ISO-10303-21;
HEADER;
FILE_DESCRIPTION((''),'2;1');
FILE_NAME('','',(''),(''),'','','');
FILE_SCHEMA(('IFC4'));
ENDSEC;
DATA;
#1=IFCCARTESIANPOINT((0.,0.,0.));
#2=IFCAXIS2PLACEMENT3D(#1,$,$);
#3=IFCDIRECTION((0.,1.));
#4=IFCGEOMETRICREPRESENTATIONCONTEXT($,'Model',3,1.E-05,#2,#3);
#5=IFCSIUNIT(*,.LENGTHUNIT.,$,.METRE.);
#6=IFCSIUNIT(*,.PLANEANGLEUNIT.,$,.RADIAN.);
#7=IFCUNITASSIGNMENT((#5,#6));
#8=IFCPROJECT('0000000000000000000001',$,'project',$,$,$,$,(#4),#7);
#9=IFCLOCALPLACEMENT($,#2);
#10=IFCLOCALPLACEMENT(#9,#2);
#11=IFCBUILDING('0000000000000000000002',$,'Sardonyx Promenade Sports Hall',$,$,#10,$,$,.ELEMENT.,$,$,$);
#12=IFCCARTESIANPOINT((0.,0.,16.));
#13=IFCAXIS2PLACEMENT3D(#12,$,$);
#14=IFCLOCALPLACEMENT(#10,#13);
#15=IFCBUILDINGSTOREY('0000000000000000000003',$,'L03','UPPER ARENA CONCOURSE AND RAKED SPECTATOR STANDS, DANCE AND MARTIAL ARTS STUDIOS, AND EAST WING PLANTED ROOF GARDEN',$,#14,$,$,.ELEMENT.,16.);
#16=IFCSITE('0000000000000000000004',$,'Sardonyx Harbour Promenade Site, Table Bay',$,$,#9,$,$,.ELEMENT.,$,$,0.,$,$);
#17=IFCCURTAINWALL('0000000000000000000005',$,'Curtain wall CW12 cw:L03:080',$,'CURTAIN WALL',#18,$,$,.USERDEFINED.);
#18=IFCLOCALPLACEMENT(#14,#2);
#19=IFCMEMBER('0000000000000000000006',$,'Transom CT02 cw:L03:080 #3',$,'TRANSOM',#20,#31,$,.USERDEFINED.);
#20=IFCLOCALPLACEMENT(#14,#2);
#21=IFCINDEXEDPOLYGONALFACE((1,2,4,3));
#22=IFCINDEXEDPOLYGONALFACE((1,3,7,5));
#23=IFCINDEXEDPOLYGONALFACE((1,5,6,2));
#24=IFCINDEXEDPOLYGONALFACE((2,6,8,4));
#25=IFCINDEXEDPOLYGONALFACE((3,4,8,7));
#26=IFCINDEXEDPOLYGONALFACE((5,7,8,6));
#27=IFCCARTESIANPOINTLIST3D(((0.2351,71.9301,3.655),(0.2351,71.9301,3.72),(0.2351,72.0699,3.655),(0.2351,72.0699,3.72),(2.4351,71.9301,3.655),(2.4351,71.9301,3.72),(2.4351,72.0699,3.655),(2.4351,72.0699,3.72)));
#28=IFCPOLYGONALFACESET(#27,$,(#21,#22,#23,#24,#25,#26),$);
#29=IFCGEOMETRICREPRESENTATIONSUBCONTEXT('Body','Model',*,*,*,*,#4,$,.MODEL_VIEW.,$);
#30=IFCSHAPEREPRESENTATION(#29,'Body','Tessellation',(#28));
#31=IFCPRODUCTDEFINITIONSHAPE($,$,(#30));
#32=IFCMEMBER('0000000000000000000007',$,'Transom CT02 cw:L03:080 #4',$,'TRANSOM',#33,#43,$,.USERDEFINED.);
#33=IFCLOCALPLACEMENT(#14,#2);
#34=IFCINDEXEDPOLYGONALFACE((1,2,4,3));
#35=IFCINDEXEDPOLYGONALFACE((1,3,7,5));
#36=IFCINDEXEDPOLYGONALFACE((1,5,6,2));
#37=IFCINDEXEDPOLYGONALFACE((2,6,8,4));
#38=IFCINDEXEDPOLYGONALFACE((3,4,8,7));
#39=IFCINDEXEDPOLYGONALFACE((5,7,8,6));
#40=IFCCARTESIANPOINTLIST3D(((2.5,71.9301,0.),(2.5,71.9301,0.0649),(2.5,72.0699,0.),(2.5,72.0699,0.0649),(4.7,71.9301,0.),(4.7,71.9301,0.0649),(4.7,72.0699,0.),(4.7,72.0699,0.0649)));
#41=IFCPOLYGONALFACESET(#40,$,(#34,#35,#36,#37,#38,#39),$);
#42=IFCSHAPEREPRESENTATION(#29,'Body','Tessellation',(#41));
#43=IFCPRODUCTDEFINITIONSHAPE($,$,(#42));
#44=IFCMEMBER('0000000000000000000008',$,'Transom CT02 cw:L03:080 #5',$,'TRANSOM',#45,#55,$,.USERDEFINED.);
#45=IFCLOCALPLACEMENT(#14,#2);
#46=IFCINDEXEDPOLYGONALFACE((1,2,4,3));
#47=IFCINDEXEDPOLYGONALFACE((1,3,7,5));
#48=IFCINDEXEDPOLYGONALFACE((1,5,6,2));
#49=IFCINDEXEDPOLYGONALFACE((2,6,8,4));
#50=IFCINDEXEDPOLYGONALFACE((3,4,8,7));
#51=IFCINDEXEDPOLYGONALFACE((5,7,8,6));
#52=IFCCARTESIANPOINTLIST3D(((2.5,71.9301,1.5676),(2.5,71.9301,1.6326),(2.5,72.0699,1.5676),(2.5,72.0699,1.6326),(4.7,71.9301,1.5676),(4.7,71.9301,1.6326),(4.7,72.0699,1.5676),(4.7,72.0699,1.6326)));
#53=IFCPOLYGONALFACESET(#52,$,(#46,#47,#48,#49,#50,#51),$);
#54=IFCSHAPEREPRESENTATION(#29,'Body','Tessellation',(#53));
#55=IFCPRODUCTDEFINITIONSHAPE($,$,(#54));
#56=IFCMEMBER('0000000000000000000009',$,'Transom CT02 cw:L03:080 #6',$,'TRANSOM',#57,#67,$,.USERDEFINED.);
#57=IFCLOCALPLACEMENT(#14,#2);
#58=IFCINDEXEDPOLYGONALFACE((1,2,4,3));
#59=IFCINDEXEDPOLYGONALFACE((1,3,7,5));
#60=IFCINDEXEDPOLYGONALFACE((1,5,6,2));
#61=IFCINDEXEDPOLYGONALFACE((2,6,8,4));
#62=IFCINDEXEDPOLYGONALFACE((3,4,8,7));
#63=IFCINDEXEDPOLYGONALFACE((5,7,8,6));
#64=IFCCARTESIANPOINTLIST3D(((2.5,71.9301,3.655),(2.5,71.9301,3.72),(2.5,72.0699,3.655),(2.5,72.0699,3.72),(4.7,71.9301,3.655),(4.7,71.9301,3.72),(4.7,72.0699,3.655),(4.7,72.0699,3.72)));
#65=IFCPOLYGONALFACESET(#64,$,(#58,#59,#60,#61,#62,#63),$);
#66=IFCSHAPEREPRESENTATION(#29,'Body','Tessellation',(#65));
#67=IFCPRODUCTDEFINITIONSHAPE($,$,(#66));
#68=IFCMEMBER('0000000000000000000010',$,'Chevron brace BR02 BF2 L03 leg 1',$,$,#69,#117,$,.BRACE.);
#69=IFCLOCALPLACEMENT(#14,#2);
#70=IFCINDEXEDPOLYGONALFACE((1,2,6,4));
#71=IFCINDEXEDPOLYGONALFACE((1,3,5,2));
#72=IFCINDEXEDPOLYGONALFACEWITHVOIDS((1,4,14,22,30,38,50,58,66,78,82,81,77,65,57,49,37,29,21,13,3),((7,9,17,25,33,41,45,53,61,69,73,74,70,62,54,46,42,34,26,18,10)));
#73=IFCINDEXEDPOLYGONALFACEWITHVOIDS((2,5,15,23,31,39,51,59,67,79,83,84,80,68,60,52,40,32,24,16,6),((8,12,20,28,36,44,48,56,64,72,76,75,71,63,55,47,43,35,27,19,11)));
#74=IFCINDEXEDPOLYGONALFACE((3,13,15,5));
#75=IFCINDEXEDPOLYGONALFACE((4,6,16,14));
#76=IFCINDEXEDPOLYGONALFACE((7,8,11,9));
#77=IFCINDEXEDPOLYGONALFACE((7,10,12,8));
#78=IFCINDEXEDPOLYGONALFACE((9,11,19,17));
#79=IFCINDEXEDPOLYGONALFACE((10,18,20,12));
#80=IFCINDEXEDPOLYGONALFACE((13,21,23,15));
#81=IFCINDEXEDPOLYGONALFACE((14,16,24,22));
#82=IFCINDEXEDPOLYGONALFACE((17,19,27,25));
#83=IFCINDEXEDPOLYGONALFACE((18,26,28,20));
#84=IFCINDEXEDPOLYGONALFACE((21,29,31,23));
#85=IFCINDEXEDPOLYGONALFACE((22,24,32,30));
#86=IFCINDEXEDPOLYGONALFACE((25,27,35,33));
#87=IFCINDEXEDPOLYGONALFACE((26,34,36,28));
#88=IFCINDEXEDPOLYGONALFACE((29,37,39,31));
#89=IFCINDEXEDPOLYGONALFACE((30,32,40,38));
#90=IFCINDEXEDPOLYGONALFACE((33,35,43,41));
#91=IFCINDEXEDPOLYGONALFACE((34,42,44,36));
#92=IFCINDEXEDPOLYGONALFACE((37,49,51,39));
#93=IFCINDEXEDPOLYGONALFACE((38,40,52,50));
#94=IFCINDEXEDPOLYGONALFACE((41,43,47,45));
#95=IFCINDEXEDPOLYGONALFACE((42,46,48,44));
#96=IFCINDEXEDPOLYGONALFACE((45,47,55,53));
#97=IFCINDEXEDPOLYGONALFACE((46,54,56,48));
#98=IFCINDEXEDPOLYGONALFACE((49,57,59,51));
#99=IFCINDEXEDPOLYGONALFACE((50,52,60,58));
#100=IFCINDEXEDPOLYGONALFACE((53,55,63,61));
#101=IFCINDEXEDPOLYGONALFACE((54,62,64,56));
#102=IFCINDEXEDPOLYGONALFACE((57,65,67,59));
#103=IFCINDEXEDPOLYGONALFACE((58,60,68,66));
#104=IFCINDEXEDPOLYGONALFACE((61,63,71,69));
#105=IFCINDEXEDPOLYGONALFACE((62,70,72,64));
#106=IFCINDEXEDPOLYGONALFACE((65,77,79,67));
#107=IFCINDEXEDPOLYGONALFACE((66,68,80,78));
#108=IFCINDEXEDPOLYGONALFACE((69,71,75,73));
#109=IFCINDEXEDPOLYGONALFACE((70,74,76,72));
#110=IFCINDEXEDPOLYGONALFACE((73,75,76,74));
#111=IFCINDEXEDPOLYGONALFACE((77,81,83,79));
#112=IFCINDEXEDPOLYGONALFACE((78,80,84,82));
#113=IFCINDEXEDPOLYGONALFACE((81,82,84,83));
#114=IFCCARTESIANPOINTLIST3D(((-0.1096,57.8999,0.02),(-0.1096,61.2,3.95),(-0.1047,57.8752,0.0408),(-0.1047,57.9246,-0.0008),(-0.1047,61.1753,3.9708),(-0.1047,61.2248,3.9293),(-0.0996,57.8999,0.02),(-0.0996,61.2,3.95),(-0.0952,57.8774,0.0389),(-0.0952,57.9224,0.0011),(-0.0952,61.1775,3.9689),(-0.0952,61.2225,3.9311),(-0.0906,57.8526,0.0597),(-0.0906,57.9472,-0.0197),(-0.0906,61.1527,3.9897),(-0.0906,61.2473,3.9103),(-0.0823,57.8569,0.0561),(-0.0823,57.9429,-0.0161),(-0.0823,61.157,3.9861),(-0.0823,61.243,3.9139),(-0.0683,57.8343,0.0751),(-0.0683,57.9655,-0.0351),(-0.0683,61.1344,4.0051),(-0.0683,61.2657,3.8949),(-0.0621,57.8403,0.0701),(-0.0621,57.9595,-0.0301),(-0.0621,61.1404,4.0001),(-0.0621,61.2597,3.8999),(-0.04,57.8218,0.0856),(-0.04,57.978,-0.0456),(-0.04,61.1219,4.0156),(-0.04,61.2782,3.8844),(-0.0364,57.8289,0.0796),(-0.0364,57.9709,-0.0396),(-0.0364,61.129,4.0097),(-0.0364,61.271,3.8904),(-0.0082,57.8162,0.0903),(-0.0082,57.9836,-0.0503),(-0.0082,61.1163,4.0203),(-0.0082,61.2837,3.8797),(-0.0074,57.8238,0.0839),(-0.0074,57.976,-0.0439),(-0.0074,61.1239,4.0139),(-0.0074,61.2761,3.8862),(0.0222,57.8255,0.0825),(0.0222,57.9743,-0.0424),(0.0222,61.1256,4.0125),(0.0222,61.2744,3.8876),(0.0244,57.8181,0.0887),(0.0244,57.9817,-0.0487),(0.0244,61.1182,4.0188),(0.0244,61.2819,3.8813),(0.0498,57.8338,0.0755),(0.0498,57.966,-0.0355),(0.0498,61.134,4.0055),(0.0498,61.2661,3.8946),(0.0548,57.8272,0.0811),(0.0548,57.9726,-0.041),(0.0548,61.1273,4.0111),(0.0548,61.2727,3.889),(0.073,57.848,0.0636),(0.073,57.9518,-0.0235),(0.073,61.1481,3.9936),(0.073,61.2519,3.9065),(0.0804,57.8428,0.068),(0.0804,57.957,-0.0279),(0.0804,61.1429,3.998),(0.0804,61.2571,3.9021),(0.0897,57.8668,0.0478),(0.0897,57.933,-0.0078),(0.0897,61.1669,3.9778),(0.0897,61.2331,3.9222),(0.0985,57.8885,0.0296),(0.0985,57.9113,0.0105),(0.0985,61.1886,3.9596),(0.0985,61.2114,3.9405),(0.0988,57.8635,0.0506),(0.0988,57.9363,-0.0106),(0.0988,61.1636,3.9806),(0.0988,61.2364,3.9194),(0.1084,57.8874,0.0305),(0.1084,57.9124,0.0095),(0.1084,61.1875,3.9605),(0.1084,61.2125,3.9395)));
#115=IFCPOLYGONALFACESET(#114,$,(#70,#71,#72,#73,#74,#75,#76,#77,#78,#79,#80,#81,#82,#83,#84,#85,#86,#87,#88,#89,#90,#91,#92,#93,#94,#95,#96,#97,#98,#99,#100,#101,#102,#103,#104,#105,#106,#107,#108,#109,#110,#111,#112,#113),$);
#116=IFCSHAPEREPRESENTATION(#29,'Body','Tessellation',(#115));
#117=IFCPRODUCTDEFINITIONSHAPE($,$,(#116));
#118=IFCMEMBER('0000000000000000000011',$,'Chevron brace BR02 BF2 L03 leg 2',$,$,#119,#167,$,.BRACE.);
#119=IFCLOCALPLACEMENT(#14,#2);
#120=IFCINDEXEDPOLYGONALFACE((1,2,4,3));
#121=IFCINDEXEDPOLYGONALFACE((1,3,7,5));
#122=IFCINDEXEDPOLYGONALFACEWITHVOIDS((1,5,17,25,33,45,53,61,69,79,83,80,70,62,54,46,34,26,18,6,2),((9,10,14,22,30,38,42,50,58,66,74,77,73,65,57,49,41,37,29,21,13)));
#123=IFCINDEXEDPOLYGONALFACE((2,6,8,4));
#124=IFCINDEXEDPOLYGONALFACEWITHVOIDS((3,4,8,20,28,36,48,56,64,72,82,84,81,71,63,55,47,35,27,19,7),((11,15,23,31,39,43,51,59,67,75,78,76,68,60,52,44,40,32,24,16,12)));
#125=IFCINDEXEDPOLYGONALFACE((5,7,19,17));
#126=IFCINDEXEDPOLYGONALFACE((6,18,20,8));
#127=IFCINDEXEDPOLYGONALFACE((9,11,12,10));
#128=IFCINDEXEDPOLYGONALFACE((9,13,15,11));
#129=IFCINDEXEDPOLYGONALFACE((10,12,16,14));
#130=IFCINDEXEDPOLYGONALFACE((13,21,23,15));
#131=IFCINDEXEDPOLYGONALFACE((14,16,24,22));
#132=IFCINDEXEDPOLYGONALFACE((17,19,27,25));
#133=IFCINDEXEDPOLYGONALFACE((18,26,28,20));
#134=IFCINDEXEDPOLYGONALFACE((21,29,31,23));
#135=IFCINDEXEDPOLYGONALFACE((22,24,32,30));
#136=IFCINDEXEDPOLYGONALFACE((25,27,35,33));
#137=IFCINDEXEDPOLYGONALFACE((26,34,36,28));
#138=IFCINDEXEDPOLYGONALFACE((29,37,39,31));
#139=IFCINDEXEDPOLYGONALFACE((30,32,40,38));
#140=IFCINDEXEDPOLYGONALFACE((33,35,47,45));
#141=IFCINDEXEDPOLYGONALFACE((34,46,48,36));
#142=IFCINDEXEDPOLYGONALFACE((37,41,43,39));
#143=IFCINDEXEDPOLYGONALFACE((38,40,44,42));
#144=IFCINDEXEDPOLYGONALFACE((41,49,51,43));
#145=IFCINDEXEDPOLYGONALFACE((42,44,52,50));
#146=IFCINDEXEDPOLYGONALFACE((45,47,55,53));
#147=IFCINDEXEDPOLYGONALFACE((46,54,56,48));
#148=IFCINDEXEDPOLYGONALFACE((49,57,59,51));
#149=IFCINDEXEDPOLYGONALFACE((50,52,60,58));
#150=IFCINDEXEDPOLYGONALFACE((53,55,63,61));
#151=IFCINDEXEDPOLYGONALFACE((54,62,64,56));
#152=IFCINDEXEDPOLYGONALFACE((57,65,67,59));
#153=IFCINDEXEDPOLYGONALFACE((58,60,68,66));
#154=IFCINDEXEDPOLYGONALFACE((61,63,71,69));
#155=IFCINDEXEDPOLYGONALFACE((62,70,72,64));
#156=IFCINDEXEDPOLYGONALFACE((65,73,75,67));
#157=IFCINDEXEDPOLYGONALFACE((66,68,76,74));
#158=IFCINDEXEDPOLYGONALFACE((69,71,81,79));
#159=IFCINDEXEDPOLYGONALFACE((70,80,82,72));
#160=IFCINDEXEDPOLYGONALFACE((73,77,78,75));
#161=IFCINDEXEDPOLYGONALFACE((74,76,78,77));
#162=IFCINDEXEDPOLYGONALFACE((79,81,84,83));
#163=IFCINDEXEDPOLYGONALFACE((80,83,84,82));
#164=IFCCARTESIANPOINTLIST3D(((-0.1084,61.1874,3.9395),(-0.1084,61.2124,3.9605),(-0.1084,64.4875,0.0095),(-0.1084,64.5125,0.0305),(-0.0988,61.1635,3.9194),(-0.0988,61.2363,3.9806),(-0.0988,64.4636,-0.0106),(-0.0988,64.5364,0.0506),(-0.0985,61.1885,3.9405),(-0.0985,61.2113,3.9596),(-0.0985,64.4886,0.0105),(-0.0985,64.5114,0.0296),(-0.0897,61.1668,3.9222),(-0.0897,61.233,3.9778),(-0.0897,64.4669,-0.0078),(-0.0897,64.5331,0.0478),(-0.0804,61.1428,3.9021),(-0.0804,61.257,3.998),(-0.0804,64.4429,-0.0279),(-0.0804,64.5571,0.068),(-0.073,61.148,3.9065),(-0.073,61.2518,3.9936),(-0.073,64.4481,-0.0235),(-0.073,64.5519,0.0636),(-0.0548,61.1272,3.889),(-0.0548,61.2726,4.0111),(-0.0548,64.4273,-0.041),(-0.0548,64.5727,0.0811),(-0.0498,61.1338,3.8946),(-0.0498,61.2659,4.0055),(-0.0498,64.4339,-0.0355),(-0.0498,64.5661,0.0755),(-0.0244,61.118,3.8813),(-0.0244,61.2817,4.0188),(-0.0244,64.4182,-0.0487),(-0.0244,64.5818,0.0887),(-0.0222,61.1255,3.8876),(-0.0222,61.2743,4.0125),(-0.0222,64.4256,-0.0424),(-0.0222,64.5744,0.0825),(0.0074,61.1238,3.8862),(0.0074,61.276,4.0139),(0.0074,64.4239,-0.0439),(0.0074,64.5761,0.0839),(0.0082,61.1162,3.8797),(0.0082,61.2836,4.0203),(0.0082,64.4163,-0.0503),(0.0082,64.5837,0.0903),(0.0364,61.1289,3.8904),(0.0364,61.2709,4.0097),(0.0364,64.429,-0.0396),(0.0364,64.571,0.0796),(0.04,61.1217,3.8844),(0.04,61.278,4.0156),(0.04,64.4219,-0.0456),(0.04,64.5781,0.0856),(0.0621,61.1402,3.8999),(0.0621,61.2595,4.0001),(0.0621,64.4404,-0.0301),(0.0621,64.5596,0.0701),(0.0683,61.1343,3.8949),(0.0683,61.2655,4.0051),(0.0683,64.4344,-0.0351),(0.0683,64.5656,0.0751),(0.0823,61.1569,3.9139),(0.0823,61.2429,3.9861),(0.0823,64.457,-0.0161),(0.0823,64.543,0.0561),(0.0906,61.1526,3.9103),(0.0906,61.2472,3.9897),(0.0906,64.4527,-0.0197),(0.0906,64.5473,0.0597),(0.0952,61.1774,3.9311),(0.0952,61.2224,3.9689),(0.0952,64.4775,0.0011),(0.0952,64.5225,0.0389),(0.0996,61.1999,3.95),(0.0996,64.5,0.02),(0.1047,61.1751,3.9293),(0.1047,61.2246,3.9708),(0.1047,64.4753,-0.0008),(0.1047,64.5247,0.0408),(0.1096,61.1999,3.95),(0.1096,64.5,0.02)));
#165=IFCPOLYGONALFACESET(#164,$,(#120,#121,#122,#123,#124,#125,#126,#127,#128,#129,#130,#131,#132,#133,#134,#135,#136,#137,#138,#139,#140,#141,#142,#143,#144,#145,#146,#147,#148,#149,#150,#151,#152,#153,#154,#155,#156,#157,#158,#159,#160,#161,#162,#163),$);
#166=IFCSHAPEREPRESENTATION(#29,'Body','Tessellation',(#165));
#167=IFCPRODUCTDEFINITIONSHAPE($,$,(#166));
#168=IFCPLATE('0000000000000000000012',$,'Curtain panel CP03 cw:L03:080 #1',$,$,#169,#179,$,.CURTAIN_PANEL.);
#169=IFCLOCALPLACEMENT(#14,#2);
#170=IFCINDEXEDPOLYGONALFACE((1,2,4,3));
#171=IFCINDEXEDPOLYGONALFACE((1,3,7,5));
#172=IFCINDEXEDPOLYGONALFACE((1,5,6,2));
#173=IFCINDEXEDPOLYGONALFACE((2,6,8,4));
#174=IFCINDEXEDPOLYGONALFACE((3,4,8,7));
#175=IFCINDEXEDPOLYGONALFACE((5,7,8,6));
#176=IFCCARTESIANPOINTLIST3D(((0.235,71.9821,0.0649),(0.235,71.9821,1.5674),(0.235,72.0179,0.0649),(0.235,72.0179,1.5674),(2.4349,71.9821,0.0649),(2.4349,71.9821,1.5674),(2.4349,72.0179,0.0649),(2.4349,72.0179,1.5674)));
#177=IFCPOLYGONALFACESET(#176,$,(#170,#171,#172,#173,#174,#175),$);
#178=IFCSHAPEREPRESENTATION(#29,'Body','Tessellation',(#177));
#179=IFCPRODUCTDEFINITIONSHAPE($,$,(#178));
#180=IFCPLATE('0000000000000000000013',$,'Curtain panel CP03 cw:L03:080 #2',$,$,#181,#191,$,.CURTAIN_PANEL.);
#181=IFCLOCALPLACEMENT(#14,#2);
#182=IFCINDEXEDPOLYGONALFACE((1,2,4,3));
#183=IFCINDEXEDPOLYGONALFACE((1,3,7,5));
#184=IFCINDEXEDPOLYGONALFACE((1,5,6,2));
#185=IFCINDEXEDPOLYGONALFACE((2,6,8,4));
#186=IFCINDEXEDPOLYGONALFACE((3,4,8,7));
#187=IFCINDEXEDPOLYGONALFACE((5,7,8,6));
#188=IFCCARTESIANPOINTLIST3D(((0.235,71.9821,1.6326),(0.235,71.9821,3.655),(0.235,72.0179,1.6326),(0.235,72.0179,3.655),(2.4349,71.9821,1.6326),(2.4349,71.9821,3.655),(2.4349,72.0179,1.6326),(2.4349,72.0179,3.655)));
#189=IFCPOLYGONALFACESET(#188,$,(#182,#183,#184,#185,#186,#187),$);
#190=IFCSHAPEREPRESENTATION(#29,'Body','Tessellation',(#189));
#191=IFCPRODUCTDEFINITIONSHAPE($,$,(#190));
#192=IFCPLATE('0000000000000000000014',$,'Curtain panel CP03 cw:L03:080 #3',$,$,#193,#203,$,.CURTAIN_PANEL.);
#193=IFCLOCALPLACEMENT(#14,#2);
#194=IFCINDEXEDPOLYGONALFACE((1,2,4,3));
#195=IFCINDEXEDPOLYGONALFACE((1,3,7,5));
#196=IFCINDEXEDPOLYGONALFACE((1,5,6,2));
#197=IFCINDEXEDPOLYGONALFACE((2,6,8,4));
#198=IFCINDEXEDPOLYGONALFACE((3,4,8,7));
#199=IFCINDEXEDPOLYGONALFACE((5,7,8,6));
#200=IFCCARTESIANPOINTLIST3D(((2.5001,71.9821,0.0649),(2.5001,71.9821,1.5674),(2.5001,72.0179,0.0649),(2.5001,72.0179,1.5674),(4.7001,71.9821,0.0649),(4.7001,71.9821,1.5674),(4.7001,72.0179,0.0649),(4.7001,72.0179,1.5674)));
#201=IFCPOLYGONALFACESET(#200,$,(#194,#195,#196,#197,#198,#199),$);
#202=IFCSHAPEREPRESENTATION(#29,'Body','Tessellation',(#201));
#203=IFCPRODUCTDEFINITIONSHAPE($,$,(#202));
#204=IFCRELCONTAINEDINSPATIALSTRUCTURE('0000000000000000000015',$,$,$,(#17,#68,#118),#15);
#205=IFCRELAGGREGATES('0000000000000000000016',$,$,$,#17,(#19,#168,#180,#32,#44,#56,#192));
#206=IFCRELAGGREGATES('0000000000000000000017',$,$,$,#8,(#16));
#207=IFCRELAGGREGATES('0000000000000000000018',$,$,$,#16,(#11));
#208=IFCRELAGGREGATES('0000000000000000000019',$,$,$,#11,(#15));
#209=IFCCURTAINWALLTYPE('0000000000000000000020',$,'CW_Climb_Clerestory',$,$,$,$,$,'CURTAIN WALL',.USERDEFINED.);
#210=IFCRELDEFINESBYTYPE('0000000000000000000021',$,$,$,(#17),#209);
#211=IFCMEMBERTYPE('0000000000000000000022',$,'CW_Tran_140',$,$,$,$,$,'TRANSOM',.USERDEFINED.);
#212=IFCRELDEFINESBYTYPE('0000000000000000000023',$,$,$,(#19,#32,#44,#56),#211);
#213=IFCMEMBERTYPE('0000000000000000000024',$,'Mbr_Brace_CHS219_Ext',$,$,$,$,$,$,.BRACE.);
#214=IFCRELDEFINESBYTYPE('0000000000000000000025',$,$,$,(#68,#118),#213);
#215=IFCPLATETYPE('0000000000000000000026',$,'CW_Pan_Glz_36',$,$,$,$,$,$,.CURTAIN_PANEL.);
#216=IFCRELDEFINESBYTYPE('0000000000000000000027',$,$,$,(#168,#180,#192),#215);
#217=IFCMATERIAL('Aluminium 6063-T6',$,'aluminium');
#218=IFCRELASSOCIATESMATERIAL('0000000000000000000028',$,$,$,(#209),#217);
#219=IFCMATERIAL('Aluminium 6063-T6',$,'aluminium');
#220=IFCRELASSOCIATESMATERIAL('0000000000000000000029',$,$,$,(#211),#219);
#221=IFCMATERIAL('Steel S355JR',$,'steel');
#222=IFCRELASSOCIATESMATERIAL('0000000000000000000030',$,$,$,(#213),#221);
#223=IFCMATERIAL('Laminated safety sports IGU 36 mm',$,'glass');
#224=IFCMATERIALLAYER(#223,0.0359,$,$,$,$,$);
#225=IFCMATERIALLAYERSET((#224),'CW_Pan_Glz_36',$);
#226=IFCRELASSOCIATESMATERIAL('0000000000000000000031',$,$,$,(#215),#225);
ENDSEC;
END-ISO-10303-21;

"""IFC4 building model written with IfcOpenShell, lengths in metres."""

from ifc_helpers import new_model, si_unit, direction, frame, origin, origin_2d, place, context, subcontext, project, spatial, rectangle, hollow_circle, extrude, material, layer, layer_set, material_profile, profile_set, type_object, element, aggregate, save


model = new_model("IFC4")

# Units and contexts
model_context = context("Model", 3, precision=1e-05, world=origin(), true_north=direction((0.0, 1.0)))
body_context = subcontext(model_context, "Body", "Model", "MODEL_VIEW")
ifc_project = project(units=[si_unit("LENGTHUNIT", "METRE"), si_unit("PLANEANGLEUNIT", "RADIAN")], contexts=[model_context])

# Site, building, storey
site_placement = place(None, origin())
site = spatial("IfcSite", under=ifc_project, at=site_placement, Name="Sardonyx Harbour Promenade Site, Table Bay", CompositionType="ELEMENT", RefElevation=0.0)
building_placement = place(site_placement, origin())
building = spatial("IfcBuilding", under=site, at=building_placement, Name="Sardonyx Promenade Sports Hall", CompositionType="ELEMENT")
storey_placement = place(building_placement, frame((0.0, 0.0, 16.0)))
storey = spatial("IfcBuildingStorey", under=building, at=storey_placement, Name="L03", Description="UPPER ARENA CONCOURSE AND RAKED SPECTATOR STANDS, DANCE AND MARTIAL ARTS STUDIOS, AND EAST WING PLANTED ROOF GARDEN", CompositionType="ELEMENT", Elevation=16.0)

# Curtain wall, members
ifc_material_1 = material(Name="Aluminium 6063-T6", Category="aluminium")
curtain_wall_type = type_object("IfcCurtainWallType", Name="CW_Climb_Clerestory", ElementType="CURTAIN WALL", PredefinedType="USERDEFINED", material=ifc_material_1)
curtain_wall_placement = place(storey_placement, origin())
curtain_wall = element("IfcCurtainWall", 1, at=curtain_wall_placement, inside=storey, type_object=curtain_wall_type, Name="Curtain wall CW12 cw:L03:080", ObjectType="CURTAIN WALL", PredefinedType="USERDEFINED")
ifc_material_2 = material(Name="Aluminium 6063-T6", Category="aluminium")
ifc_material_profile_1 = material_profile(ifc_material_2, rectangle(XDim=0.0649, YDim=0.1399, at=origin_2d()))
ifc_profile_set_1 = profile_set([ifc_material_profile_1], Name="Aluminium 6063-T6")
member_type_1 = type_object("IfcMemberType", Name="CW_Tran_140", ElementType="TRANSOM", PredefinedType="USERDEFINED", material=ifc_profile_set_1)
member_1_placement = place(storey_placement, frame((0.2351, 72.0, 3.6875), z_axis=(1.0, 0.0, 0.0), x_axis=(0.0, 0.0, 1.0)))
member_1 = element("IfcMember", 2, at=member_1_placement, type_object=member_type_1, Name="Transom CT02 cw:L03:080 #3", ObjectType="TRANSOM", PredefinedType="USERDEFINED", context=body_context, shape_type="SweptSolid", body=[
    extrude(rectangle(XDim=0.0649, YDim=0.1399, at=origin_2d()), origin(), (0.0, 0.0, 1.0), 2.2),
])
member_2_placement = place(storey_placement, frame((2.5, 72.0, 0.0325), z_axis=(1.0, 0.0, 0.0), x_axis=(0.0, 0.0, 1.0)))
member_2 = element("IfcMember", 3, at=member_2_placement, type_object=member_type_1, Name="Transom CT02 cw:L03:080 #4", ObjectType="TRANSOM", PredefinedType="USERDEFINED", context=body_context, shape_type="SweptSolid", body=[
    extrude(rectangle(XDim=0.0649, YDim=0.1399, at=origin_2d()), origin(), (0.0, 0.0, 1.0), 2.2),
])
member_3_placement = place(storey_placement, frame((2.5, 72.0, 1.6001), z_axis=(1.0, 0.0, 0.0), x_axis=(0.0, 0.0, 1.0)))
member_3 = element("IfcMember", 4, at=member_3_placement, type_object=member_type_1, Name="Transom CT02 cw:L03:080 #5", ObjectType="TRANSOM", PredefinedType="USERDEFINED", context=body_context, shape_type="SweptSolid", body=[
    extrude(rectangle(XDim=0.0649, YDim=0.1399, at=origin_2d()), origin(), (0.0, 0.0, 1.0), 2.2),
])
member_4_placement = place(storey_placement, frame((2.5, 72.0, 3.6875), z_axis=(1.0, 0.0, 0.0), x_axis=(0.0, 0.0, 1.0)))
member_4 = element("IfcMember", 5, at=member_4_placement, type_object=member_type_1, Name="Transom CT02 cw:L03:080 #6", ObjectType="TRANSOM", PredefinedType="USERDEFINED", context=body_context, shape_type="SweptSolid", body=[
    extrude(rectangle(XDim=0.0649, YDim=0.1399, at=origin_2d()), origin(), (0.0, 0.0, 1.0), 2.2),
])

# Members
ifc_material_3 = material(Name="Steel S355JR", Category="steel")
ifc_material_profile_2 = material_profile(ifc_material_3, hollow_circle(Radius=0.1096, WallThickness=0.01, at=origin_2d()))
ifc_profile_set_2 = profile_set([ifc_material_profile_2], Name="Steel S355JR")
member_type_2 = type_object("IfcMemberType", Name="Mbr_Brace_CHS219_Ext", PredefinedType="BRACE", material=ifc_profile_set_2)
for number, where, z_axis, x_axis, name in (
    (6, (0.0, 57.8999, 0.02), (0.0, 0.643067, 0.76581), (-1.0, 0.0, 0.0), "Chevron brace BR02 BF2 L03 leg 1"),
    (7, (0.0, 64.5, 0.02), (0.0, -0.643067, 0.76581), (1.0, 0.0, 0.0), "Chevron brace BR02 BF2 L03 leg 2"),
):
    element("IfcMember", number, at=place(storey_placement, frame(where, z_axis=z_axis, x_axis=x_axis)), inside=storey, type_object=member_type_2, Name=name, PredefinedType="BRACE", context=body_context, shape_type="SweptSolid", body=[
        extrude(hollow_circle(Radius=0.1096, WallThickness=0.01, at=origin_2d()), origin(), (0.0, 0.0, 1.0), 5.1318),
    ])

# Plates
ifc_material_4 = material(Name="Laminated safety sports IGU 36 mm", Category="glass")
ifc_layer_1 = layer(ifc_material_4, 0.0359)
ifc_layer_set_1 = layer_set([ifc_layer_1], Name="CW_Pan_Glz_36")
plate_type_1 = type_object("IfcPlateType", Name="CW_Pan_Glz_36", PredefinedType="CURTAIN_PANEL", material=ifc_layer_set_1)
plate_1_placement = place(storey_placement, frame((1.335, 72.0, 0.0649), z_axis=(0.0, 0.0, 1.0), x_axis=(1.0, 0.0, 0.0)))
plate_1 = element("IfcPlate", 8, at=plate_1_placement, type_object=plate_type_1, Name="Curtain panel CP03 cw:L03:080 #1", PredefinedType="CURTAIN_PANEL", context=body_context, shape_type="SweptSolid", body=[
    extrude(rectangle(XDim=2.2, YDim=0.0359, at=origin_2d()), origin(), (0.0, 0.0, 1.0), 1.5024),
])
plate_2_placement = place(storey_placement, frame((1.335, 72.0, 1.6326), z_axis=(0.0, 0.0, 1.0), x_axis=(1.0, 0.0, 0.0)))
plate_2 = element("IfcPlate", 9, at=plate_2_placement, type_object=plate_type_1, Name="Curtain panel CP03 cw:L03:080 #2", PredefinedType="CURTAIN_PANEL", context=body_context, shape_type="SweptSolid", body=[
    extrude(rectangle(XDim=2.2, YDim=0.0359, at=origin_2d()), origin(), (0.0, 0.0, 1.0), 2.0225),
])
plate_3_placement = place(storey_placement, frame((3.6001, 72.0, 0.0649), z_axis=(0.0, 0.0, 1.0), x_axis=(1.0, 0.0, 0.0)))
plate_3 = element("IfcPlate", 10, at=plate_3_placement, type_object=plate_type_1, Name="Curtain panel CP03 cw:L03:080 #3", PredefinedType="CURTAIN_PANEL", context=body_context, shape_type="SweptSolid", body=[
    extrude(rectangle(XDim=2.2, YDim=0.0359, at=origin_2d()), origin(), (0.0, 0.0, 1.0), 1.5024),
])
aggregate(curtain_wall, [member_1, plate_1, plate_2, member_2, member_3, member_4, plate_3])

save(model, "model.ifc")
